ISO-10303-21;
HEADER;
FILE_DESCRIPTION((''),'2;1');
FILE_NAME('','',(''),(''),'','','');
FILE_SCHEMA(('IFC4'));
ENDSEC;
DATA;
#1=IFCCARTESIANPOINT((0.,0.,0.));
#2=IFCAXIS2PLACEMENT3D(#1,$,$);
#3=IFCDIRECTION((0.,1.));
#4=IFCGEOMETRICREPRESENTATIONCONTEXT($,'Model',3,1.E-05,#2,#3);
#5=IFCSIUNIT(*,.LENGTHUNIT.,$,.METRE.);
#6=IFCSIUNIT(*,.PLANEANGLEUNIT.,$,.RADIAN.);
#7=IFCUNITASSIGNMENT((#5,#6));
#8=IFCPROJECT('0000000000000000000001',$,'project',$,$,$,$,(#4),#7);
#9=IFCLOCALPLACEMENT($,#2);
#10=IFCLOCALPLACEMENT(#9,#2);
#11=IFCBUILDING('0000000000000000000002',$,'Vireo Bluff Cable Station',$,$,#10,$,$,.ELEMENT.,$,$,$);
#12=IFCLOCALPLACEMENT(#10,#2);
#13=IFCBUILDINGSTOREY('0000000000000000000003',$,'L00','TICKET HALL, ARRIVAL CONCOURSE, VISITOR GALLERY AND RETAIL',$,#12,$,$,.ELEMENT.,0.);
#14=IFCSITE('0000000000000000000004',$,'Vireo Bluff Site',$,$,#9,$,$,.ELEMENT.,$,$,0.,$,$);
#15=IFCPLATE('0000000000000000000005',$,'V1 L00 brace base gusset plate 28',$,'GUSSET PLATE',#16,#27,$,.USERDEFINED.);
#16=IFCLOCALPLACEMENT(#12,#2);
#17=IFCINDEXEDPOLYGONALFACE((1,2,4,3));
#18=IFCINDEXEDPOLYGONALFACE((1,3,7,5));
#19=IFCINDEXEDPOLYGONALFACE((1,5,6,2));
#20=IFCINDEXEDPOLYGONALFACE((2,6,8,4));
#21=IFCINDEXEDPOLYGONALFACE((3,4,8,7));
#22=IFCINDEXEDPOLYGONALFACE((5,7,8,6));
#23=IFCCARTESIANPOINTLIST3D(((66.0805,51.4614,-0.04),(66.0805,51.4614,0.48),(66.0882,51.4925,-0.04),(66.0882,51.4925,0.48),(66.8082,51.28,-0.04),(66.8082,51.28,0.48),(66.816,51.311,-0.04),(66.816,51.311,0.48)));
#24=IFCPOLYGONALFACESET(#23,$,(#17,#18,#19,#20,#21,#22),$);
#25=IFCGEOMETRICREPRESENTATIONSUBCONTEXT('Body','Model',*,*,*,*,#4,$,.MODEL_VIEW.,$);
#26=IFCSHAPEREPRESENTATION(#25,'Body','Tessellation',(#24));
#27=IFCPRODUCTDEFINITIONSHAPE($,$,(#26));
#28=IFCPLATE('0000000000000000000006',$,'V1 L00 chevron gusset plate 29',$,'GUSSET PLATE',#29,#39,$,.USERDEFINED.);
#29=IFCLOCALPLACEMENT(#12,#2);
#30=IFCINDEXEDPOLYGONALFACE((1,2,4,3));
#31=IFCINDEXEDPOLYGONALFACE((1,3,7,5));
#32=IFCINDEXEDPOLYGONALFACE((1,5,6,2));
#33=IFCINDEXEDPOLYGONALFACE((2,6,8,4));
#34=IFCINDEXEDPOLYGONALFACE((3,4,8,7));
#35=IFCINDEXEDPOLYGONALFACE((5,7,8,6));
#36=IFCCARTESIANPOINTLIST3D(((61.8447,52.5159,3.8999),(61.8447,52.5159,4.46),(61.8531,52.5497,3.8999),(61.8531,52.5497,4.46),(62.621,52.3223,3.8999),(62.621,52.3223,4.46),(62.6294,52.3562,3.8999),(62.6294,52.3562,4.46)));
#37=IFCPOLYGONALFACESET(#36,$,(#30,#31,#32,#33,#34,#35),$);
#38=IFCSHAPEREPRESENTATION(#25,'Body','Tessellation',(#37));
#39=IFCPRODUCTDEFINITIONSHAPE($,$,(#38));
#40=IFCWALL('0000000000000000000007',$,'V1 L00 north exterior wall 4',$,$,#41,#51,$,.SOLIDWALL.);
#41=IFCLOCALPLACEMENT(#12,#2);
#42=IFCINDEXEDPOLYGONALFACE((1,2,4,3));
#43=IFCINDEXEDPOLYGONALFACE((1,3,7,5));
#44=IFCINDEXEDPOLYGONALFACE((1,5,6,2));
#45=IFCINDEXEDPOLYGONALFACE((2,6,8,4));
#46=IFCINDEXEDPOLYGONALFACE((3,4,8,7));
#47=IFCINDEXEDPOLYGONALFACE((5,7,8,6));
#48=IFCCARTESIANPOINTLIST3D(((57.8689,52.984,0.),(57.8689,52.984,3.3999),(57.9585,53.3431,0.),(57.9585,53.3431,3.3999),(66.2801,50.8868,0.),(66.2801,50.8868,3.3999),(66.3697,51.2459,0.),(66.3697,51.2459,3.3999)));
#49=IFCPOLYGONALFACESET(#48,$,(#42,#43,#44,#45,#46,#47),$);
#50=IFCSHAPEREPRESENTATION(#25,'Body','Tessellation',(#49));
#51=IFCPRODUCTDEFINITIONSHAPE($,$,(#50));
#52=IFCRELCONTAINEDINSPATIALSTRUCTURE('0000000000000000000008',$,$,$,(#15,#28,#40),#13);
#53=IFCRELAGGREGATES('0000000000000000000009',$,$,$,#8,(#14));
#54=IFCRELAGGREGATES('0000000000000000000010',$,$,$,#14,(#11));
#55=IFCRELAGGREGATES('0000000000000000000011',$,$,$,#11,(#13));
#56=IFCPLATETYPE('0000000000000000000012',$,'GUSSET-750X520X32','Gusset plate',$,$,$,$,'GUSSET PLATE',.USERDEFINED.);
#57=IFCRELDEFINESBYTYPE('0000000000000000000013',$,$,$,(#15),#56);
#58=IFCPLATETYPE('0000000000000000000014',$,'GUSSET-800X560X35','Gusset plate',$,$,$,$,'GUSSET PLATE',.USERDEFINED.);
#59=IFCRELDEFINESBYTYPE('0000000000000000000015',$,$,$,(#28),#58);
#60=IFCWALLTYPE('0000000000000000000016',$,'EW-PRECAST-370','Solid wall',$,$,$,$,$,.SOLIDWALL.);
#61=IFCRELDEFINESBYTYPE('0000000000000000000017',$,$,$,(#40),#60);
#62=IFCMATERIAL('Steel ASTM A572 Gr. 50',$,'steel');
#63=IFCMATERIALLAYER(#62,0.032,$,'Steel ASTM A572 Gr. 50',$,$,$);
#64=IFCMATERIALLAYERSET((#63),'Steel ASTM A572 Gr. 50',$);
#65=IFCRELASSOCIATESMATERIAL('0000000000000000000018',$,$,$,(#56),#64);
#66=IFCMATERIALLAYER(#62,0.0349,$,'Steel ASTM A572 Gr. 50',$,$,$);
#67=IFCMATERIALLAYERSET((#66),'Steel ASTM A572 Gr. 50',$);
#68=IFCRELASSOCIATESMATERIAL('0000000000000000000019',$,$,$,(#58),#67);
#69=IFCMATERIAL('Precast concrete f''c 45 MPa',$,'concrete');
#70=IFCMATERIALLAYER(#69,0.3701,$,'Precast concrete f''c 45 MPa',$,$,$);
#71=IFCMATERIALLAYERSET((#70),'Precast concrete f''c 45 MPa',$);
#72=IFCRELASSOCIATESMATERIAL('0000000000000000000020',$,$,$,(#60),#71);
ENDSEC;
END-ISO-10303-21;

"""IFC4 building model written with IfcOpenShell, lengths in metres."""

from ifc_helpers import new_model, si_unit, direction, frame, frame_2d, origin, origin_2d, place, context, subcontext, project, spatial, rectangle, extrude, material, layer, layer_set, type_object, element, save


model = new_model("IFC4")

# Units and contexts
model_context = context("Model", 3, precision=1e-05, world=origin(), true_north=direction((0.0, 1.0)))
body_context = subcontext(model_context, "Body", "Model", "MODEL_VIEW")
ifc_project = project(units=[si_unit("LENGTHUNIT", "METRE"), si_unit("PLANEANGLEUNIT", "RADIAN")], contexts=[model_context])

# Site, building, storey
site_placement = place(None, origin())
site = spatial("IfcSite", under=ifc_project, at=site_placement, Name="Vireo Bluff Site", CompositionType="ELEMENT", RefElevation=0.0)
building_placement = place(site_placement, origin())
building = spatial("IfcBuilding", under=site, at=building_placement, Name="Vireo Bluff Cable Station", CompositionType="ELEMENT")
storey_placement = place(building_placement, origin())
storey = spatial("IfcBuildingStorey", under=building, at=storey_placement, Name="L00", Description="TICKET HALL, ARRIVAL CONCOURSE, VISITOR GALLERY AND RETAIL", CompositionType="ELEMENT", Elevation=0.0)

# Shared definitions
ifc_material_1 = material(Name="Steel ASTM A572 Gr. 50", Category="steel")

# Plates
ifc_layer_1 = layer(ifc_material_1, 0.032, Name="Steel ASTM A572 Gr. 50")
ifc_layer_set_1 = layer_set([ifc_layer_1], Name="Steel ASTM A572 Gr. 50")
plate_type_1 = type_object("IfcPlateType", Name="GUSSET-750X520X32", Description="Gusset plate", ElementType="GUSSET PLATE", PredefinedType="USERDEFINED", material=ifc_layer_set_1)
plate_1_placement = place(storey_placement, frame((66.4482, 51.3862, -0.04), z_axis=(0.0, 0.0, 1.0), x_axis=(0.970296, -0.241922, 0.0)))
element("IfcPlate", 1, at=plate_1_placement, inside=storey, type_object=plate_type_1, Name="V1 L00 brace base gusset plate 28", ObjectType="GUSSET PLATE", PredefinedType="USERDEFINED", context=body_context, shape_type="SweptSolid", body=[
    extrude(rectangle(XDim=0.75, YDim=0.032, at=origin_2d()), origin(), (0.0, 0.0, 1.0), 0.52),
])
ifc_layer_2 = layer(ifc_material_1, 0.0349, Name="Steel ASTM A572 Gr. 50")
ifc_layer_set_2 = layer_set([ifc_layer_2], Name="Steel ASTM A572 Gr. 50")
plate_type_2 = type_object("IfcPlateType", Name="GUSSET-800X560X35", Description="Gusset plate", ElementType="GUSSET PLATE", PredefinedType="USERDEFINED", material=ifc_layer_set_2)
plate_2_placement = place(storey_placement, frame((62.2371, 52.436, 3.8999), z_axis=(0.0, 0.0, 1.0), x_axis=(0.970296, -0.241922, 0.0)))
element("IfcPlate", 2, at=plate_2_placement, inside=storey, type_object=plate_type_2, Name="V1 L00 chevron gusset plate 29", ObjectType="GUSSET PLATE", PredefinedType="USERDEFINED", context=body_context, shape_type="SweptSolid", body=[
    extrude(rectangle(XDim=0.8, YDim=0.0349, at=origin_2d()), origin(), (0.0, 0.0, 1.0), 0.5601),
])

# Wall
ifc_material_2 = material(Name="Precast concrete f'c 45 MPa", Category="concrete")
ifc_layer_3 = layer(ifc_material_2, 0.3701, Name="Precast concrete f'c 45 MPa")
ifc_layer_set_3 = layer_set([ifc_layer_3], Name="Precast concrete f'c 45 MPa")
wall_type = type_object("IfcWallType", Name="EW-PRECAST-370", Description="Solid wall", PredefinedType="SOLIDWALL", material=ifc_layer_set_3)
wall_placement = place(storey_placement, frame((57.9136, 53.1636, 0.0), z_axis=(0.0, 0.0, 1.0), x_axis=(0.970295, -0.241926, 0.0)))
element("IfcWall", 3, at=wall_placement, inside=storey, type_object=wall_type, Name="V1 L00 north exterior wall 4", PredefinedType="SOLIDWALL", context=body_context, shape_type="SweptSolid", body=[
    extrude(rectangle(XDim=8.6687, YDim=0.3701, at=frame_2d((4.3345, 0.0))), origin(), (0.0, 0.0, 1.0), 3.3999),
])

save(model, "model.ifc")
